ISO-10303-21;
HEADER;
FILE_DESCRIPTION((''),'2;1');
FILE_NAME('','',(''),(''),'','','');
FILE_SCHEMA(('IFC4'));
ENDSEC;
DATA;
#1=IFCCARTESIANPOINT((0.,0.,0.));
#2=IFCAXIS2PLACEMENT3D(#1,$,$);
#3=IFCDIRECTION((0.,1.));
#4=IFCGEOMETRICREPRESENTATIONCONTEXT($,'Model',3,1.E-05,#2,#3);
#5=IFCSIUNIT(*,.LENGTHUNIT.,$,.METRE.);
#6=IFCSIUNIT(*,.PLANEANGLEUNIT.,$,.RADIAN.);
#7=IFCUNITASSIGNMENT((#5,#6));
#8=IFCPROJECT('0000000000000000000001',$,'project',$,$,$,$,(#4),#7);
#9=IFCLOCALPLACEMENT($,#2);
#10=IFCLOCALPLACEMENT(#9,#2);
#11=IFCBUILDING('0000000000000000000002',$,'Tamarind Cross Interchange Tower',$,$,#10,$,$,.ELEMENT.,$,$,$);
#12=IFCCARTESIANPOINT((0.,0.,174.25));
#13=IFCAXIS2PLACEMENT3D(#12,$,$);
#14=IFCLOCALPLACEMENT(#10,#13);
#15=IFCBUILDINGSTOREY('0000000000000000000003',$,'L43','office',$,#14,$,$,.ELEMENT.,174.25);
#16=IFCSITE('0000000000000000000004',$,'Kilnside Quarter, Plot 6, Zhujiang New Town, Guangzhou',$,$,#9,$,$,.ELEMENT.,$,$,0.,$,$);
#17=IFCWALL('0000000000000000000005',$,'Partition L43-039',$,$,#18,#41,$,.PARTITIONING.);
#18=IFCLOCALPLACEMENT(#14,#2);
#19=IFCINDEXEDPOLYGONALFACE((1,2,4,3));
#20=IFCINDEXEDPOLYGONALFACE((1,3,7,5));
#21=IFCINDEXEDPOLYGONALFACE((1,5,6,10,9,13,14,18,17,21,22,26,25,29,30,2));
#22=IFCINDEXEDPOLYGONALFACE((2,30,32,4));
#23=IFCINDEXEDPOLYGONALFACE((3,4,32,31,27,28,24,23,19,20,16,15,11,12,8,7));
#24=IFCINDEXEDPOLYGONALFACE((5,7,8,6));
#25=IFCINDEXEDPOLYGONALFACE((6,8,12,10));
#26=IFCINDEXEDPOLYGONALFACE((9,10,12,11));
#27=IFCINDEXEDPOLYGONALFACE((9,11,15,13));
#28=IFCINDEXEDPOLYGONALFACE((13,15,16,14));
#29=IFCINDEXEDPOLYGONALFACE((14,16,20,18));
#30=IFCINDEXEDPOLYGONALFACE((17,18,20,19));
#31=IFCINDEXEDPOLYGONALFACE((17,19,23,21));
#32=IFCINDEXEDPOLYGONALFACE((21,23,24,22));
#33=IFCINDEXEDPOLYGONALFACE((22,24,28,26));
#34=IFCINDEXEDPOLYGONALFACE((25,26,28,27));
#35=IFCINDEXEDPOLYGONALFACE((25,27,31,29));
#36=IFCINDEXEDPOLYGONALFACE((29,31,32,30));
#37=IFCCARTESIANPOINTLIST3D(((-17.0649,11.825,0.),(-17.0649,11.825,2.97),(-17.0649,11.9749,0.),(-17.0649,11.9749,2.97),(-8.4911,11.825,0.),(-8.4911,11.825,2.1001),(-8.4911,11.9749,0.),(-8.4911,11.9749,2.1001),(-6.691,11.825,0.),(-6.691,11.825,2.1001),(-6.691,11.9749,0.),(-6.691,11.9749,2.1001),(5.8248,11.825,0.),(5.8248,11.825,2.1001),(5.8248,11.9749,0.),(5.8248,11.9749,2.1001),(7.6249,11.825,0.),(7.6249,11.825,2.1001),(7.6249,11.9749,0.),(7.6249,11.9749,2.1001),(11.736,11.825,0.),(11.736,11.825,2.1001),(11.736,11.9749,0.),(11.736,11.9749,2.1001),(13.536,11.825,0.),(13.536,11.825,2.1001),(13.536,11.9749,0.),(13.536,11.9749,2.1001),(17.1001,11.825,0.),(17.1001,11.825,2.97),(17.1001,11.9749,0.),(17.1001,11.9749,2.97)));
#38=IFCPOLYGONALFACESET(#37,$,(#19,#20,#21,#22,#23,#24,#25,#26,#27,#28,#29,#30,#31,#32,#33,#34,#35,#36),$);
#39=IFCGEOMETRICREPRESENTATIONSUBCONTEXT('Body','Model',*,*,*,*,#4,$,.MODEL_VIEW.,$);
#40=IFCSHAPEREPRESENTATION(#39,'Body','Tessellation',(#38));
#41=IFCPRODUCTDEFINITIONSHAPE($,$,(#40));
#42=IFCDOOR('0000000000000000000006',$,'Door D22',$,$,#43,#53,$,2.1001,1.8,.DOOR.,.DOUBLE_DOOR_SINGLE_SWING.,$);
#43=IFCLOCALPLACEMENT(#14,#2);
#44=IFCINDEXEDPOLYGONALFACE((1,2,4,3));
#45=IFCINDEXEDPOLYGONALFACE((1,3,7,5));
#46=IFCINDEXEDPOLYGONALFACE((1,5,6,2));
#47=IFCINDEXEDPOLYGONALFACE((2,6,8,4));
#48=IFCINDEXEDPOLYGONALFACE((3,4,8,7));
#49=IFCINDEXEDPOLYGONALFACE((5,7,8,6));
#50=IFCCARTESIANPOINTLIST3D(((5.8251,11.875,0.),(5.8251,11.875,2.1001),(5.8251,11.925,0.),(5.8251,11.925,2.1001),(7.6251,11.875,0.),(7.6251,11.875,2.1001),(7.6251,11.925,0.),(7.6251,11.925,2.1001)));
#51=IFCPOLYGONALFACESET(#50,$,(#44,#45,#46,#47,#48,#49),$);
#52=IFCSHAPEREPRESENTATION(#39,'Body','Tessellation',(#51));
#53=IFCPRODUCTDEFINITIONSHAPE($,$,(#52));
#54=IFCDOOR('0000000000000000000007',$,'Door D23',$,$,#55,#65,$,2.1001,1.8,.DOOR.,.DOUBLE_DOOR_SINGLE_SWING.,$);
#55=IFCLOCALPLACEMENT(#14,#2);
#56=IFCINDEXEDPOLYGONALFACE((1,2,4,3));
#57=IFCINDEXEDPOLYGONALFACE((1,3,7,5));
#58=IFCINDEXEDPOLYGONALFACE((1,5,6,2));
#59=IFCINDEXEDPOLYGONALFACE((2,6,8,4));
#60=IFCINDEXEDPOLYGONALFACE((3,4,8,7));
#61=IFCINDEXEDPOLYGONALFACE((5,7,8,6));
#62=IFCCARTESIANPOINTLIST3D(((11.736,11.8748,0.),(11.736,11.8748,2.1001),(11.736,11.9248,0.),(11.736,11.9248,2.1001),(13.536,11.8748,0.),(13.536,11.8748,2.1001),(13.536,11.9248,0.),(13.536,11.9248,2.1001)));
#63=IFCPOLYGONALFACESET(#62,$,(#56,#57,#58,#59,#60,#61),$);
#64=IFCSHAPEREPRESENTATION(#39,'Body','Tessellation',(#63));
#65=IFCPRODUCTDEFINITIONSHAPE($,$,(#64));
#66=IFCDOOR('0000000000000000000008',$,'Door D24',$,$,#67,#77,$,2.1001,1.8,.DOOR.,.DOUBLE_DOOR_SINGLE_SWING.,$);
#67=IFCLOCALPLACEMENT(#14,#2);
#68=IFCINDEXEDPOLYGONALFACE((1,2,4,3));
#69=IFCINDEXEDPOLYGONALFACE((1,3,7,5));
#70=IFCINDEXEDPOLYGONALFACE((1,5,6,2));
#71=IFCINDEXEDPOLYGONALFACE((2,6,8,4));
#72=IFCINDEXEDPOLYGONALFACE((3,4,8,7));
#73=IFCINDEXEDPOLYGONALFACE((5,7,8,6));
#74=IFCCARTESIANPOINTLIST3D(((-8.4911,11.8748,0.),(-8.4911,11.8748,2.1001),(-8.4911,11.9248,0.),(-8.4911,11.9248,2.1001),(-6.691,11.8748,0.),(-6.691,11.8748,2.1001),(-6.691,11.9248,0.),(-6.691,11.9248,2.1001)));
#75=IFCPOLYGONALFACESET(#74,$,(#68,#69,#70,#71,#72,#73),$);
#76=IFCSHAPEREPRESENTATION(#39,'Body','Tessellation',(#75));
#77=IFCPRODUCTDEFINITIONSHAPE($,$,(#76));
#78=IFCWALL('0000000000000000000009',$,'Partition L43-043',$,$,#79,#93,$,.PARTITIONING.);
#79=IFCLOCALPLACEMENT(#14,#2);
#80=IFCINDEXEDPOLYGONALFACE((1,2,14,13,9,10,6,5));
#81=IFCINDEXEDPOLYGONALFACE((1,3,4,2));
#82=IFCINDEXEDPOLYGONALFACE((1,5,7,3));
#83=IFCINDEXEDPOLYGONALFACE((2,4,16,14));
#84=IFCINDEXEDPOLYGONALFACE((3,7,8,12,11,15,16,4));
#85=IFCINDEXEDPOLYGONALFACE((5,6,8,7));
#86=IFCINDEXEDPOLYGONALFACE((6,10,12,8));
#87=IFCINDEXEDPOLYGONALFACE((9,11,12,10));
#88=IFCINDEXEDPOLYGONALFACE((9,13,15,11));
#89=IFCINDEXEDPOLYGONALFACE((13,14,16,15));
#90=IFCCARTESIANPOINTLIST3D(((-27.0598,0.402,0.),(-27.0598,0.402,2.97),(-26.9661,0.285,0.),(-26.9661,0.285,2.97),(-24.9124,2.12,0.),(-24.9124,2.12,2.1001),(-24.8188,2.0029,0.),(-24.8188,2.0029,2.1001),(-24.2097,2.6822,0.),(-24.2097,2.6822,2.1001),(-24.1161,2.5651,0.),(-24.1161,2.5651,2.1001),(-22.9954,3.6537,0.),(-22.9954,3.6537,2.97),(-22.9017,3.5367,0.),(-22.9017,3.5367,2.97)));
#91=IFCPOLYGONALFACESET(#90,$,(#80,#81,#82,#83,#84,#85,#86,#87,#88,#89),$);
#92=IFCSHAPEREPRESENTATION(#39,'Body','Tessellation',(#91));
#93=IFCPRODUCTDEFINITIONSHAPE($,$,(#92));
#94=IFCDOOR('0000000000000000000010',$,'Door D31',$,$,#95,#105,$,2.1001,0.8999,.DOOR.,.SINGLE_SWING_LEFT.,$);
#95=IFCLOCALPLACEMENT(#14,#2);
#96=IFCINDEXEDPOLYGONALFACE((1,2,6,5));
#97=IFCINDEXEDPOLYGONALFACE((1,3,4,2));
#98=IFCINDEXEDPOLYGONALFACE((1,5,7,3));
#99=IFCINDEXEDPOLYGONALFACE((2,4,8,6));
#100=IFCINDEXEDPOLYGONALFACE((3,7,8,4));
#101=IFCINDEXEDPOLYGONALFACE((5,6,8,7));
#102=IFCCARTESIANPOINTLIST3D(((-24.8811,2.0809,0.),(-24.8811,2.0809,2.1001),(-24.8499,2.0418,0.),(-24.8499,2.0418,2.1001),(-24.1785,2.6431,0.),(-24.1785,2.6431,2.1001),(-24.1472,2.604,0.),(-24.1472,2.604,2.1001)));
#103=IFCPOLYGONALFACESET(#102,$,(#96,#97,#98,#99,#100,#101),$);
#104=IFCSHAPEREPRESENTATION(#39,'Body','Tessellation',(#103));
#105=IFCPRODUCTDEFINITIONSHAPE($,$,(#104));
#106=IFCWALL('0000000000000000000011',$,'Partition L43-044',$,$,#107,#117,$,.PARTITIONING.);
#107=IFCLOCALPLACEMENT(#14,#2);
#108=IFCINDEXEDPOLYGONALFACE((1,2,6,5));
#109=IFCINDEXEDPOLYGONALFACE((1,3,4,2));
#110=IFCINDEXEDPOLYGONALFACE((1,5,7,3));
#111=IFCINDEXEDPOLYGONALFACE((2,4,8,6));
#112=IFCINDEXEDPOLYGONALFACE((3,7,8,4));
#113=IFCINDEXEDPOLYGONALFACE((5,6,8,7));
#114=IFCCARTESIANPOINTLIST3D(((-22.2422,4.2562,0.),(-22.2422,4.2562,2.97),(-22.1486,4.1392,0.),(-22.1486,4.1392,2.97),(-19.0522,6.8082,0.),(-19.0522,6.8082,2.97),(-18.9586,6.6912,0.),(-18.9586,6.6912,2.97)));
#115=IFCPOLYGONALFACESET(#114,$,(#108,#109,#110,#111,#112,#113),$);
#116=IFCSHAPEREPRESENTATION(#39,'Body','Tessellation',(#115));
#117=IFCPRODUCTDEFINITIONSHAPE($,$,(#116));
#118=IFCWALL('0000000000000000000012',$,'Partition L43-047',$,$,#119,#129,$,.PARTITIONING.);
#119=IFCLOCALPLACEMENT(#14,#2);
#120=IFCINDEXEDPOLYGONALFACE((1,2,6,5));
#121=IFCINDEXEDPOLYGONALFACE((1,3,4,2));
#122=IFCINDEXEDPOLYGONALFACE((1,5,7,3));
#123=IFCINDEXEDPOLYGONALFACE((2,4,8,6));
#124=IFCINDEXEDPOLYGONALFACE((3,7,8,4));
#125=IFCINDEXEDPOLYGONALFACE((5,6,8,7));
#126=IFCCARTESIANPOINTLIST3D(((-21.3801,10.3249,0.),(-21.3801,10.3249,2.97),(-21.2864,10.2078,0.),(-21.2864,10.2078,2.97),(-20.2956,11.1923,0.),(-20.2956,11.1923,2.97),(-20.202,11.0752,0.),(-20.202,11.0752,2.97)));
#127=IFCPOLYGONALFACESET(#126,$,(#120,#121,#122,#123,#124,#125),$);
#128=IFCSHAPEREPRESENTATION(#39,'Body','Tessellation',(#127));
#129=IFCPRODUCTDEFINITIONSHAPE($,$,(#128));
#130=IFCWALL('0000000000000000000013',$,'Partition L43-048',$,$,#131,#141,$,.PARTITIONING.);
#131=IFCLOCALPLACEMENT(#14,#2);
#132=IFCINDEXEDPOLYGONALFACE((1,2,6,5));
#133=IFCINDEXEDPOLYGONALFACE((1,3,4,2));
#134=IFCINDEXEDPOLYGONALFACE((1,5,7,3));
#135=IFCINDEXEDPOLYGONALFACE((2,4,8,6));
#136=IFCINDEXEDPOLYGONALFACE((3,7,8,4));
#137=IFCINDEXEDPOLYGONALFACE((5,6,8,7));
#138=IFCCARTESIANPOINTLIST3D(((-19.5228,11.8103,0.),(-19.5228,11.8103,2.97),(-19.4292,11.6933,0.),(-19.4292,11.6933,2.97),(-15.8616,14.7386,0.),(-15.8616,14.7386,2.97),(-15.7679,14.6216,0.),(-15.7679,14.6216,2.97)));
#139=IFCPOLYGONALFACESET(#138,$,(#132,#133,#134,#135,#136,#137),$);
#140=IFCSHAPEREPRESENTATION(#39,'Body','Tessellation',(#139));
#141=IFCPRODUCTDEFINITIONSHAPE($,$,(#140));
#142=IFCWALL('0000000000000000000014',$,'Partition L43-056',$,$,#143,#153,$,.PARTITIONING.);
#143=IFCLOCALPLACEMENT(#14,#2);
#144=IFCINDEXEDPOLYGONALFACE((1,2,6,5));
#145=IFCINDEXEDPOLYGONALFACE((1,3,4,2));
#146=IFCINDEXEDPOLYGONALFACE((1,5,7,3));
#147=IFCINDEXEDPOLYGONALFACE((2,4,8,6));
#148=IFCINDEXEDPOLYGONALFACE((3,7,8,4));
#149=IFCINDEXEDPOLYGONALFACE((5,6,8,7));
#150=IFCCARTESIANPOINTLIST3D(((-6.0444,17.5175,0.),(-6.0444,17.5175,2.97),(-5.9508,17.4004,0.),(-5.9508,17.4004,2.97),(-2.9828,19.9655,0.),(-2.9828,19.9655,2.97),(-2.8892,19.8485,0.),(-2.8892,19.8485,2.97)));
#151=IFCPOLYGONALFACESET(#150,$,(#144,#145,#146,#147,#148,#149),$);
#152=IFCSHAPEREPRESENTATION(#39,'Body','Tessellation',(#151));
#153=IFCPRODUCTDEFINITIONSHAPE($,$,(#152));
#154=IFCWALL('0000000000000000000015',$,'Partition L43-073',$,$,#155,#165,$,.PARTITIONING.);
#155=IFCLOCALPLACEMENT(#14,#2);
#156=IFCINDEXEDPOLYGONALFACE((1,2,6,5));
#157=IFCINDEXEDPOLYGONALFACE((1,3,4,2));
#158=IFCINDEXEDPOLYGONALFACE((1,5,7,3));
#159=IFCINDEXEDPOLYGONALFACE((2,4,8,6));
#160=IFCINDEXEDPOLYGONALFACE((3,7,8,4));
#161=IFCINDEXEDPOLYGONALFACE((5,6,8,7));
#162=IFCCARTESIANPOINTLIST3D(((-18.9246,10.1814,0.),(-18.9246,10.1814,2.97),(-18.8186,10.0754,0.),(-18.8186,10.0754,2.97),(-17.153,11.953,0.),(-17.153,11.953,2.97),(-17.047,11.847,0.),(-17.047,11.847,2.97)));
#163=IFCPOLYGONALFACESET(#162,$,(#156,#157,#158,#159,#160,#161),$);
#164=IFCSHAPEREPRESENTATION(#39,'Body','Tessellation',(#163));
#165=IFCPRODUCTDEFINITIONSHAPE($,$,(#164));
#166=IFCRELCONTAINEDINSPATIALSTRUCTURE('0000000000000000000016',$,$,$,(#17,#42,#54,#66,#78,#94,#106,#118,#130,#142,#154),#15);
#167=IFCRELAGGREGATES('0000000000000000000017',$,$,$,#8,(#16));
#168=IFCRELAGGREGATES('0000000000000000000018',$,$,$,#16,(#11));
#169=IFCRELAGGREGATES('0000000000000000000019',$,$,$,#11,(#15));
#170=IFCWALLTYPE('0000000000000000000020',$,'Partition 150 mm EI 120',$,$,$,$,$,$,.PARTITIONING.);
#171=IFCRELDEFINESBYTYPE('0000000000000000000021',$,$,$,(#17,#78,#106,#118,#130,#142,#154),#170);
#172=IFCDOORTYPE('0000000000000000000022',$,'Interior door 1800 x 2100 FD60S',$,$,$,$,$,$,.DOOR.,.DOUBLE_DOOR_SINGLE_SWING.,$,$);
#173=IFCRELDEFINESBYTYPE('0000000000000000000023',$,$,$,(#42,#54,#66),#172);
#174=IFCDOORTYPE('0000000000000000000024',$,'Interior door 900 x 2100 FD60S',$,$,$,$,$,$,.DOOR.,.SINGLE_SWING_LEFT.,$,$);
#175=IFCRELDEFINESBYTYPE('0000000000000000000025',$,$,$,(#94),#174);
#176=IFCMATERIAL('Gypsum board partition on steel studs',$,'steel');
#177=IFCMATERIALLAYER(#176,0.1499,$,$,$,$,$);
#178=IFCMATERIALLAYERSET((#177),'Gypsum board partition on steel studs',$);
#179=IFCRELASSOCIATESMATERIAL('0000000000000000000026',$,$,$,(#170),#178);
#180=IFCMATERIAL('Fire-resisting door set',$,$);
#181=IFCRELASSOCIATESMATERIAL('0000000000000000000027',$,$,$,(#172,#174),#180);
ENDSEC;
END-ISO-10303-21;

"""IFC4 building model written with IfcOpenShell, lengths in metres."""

from ifc_helpers import new_model, si_unit, direction, frame, frame_2d, origin, place, context, subcontext, project, spatial, rectangle, extrude, material, layer, layer_set, type_object, element, fill, save


model = new_model("IFC4")

# Units and contexts
model_context = context("Model", 3, precision=1e-05, world=origin(), true_north=direction((0.0, 1.0)))
body_context = subcontext(model_context, "Body", "Model", "MODEL_VIEW")
ifc_project = project(units=[si_unit("LENGTHUNIT", "METRE"), si_unit("PLANEANGLEUNIT", "RADIAN")], contexts=[model_context])

# Site, building, storey
site_placement = place(None, origin())
site = spatial("IfcSite", under=ifc_project, at=site_placement, Name="Kilnside Quarter, Plot 6, Zhujiang New Town, Guangzhou", CompositionType="ELEMENT", RefElevation=0.0)
building_placement = place(site_placement, origin())
building = spatial("IfcBuilding", under=site, at=building_placement, Name="Tamarind Cross Interchange Tower", CompositionType="ELEMENT")
storey_placement = place(building_placement, frame((0.0, 0.0, 174.25)))
storey = spatial("IfcBuildingStorey", under=building, at=storey_placement, Name="L43", Description="office", CompositionType="ELEMENT", Elevation=174.25)

# Shared definitions
ifc_material_1 = material(Name="Gypsum board partition on steel studs", Category="steel")
ifc_layer_1 = layer(ifc_material_1, 0.1499)
ifc_layer_set_1 = layer_set([ifc_layer_1], Name="Gypsum board partition on steel studs")
wall_type_1 = type_object("IfcWallType", Name="Partition 150 mm EI 120", PredefinedType="PARTITIONING", material=ifc_layer_set_1)

# Wall, openings, doors
wall_1_placement = place(storey_placement, frame((-17.0649, 11.8999, 0.0), z_axis=(0.0, 0.0, 1.0), x_axis=(1.0, 0.0, 0.0)))
wall_1 = element("IfcWall", 1, at=wall_1_placement, inside=storey, type_object=wall_type_1, Name="Partition L43-039", PredefinedType="PARTITIONING", context=body_context, shape_type="SweptSolid", body=[
    extrude(rectangle(XDim=34.165, YDim=0.1499, at=frame_2d((17.0825, 0.0))), origin(), (0.0, 0.0, 1.0), 2.97),
])
opening_1_placement = place(wall_1_placement, frame((22.8899, 0.0, 0.0)))
opening_1 = element("IfcOpeningElement", 2, at=opening_1_placement, cuts=wall_1, PredefinedType="OPENING", context=body_context, shape_type="SweptSolid", body=[
    extrude(rectangle(XDim=1.8, YDim=2.1001, at=frame_2d((0.8999, 1.05))), frame((0.0, 0.085, 0.0), z_axis=(0.0, -1.0, 0.0), x_axis=(1.0, 0.0, 0.0)), (0.0, 0.0, 1.0), 0.1699),
])
opening_2_placement = place(wall_1_placement, frame((28.801, 0.0, 0.0)))
opening_2 = element("IfcOpeningElement", 3, at=opening_2_placement, cuts=wall_1, PredefinedType="OPENING", context=body_context, shape_type="SweptSolid", body=[
    extrude(rectangle(XDim=1.8, YDim=2.1001, at=frame_2d((0.8999, 1.05))), frame((0.0, 0.085, 0.0), z_axis=(0.0, -1.0, 0.0), x_axis=(1.0, 0.0, 0.0)), (0.0, 0.0, 1.0), 0.1699),
])
opening_3_placement = place(wall_1_placement, frame((8.574, 0.0, 0.0)))
opening_3 = element("IfcOpeningElement", 4, at=opening_3_placement, cuts=wall_1, PredefinedType="OPENING", context=body_context, shape_type="SweptSolid", body=[
    extrude(rectangle(XDim=1.8, YDim=2.1001, at=frame_2d((0.8999, 1.05))), frame((0.0, 0.085, 0.0), z_axis=(0.0, -1.0, 0.0), x_axis=(1.0, 0.0, 0.0)), (0.0, 0.0, 1.0), 0.1699),
])
ifc_material_2 = material(Name="Fire-resisting door set")
door_type_1 = type_object("IfcDoorType", Name="Interior door 1800 x 2100 FD60S", OperationType="DOUBLE_DOOR_SINGLE_SWING", PredefinedType="DOOR", material=ifc_material_2)
door_1_placement = place(opening_1_placement, frame((1.8, 0.0, 0.0), z_axis=(0.0, 0.0, 1.0), x_axis=(-1.0, 0.0, 0.0)))
door_1 = element("IfcDoor", 5, at=door_1_placement, inside=storey, type_object=door_type_1, Name="Door D22", OperationType="DOUBLE_DOOR_SINGLE_SWING", OverallHeight=2.1001, OverallWidth=1.8, PredefinedType="DOOR", context=body_context, shape_type="SweptSolid", body=[
    extrude(rectangle(XDim=1.8, YDim=2.1001, at=frame_2d((0.8999, 1.05))), frame((0.0, 0.0249, 0.0), z_axis=(0.0, -1.0, 0.0), x_axis=(1.0, 0.0, 0.0)), (0.0, 0.0, 1.0), 0.05),
])
fill(opening_1, door_1)
door_2_placement = place(opening_2_placement, origin())
door_2 = element("IfcDoor", 6, at=door_2_placement, inside=storey, type_object=door_type_1, Name="Door D23", OperationType="DOUBLE_DOOR_SINGLE_SWING", OverallHeight=2.1001, OverallWidth=1.8, PredefinedType="DOOR", context=body_context, shape_type="SweptSolid", body=[
    extrude(rectangle(XDim=1.8, YDim=2.1001, at=frame_2d((0.8999, 1.05))), frame((0.0, 0.0249, 0.0), z_axis=(0.0, -1.0, 0.0), x_axis=(1.0, 0.0, 0.0)), (0.0, 0.0, 1.0), 0.05),
])
fill(opening_2, door_2)
door_3_placement = place(opening_3_placement, origin())
door_3 = element("IfcDoor", 7, at=door_3_placement, inside=storey, type_object=door_type_1, Name="Door D24", OperationType="DOUBLE_DOOR_SINGLE_SWING", OverallHeight=2.1001, OverallWidth=1.8, PredefinedType="DOOR", context=body_context, shape_type="SweptSolid", body=[
    extrude(rectangle(XDim=1.8, YDim=2.1001, at=frame_2d((0.8999, 1.05))), frame((0.0, 0.0249, 0.0), z_axis=(0.0, -1.0, 0.0), x_axis=(1.0, 0.0, 0.0)), (0.0, 0.0, 1.0), 0.05),
])
fill(opening_3, door_3)

# Wall, opening, door
wall_2_placement = place(storey_placement, frame((-27.0129, 0.3435, 0.0), z_axis=(0.0, 0.0, 1.0), x_axis=(0.780855, 0.624712, 0.0)))
wall_2 = element("IfcWall", 8, at=wall_2_placement, inside=storey, type_object=wall_type_1, Name="Partition L43-043", PredefinedType="PARTITIONING", context=body_context, shape_type="SweptSolid", body=[
    extrude(rectangle(XDim=5.2051, YDim=0.1499, at=frame_2d((2.6025, 0.0))), origin(), (0.0, 0.0, 1.0), 2.97),
])
opening_4_placement = place(wall_2_placement, frame((2.75, 0.0, 0.0)))
opening_4 = element("IfcOpeningElement", 9, at=opening_4_placement, cuts=wall_2, PredefinedType="OPENING", context=body_context, shape_type="SweptSolid", body=[
    extrude(rectangle(XDim=0.8999, YDim=2.1001, at=frame_2d((0.45, 1.05))), frame((0.0, 0.085, 0.0), z_axis=(0.0, -1.0, 0.0), x_axis=(1.0, 0.0, 0.0)), (0.0, 0.0, 1.0), 0.1699),
])
door_type_2 = type_object("IfcDoorType", Name="Interior door 900 x 2100 FD60S", OperationType="SINGLE_SWING_LEFT", PredefinedType="DOOR", material=ifc_material_2)
door_4_placement = place(opening_4_placement, origin())
door_4 = element("IfcDoor", 10, at=door_4_placement, inside=storey, type_object=door_type_2, Name="Door D31", OperationType="SINGLE_SWING_LEFT", OverallHeight=2.1001, OverallWidth=0.8999, PredefinedType="DOOR", context=body_context, shape_type="SweptSolid", body=[
    extrude(rectangle(XDim=0.8999, YDim=2.1001, at=frame_2d((0.45, 1.05))), frame((0.0, 0.0249, 0.0), z_axis=(0.0, -1.0, 0.0), x_axis=(1.0, 0.0, 0.0)), (0.0, 0.0, 1.0), 0.05),
])
fill(opening_4, door_4)

# Walls
wall_3_placement = place(storey_placement, frame((-22.1953, 4.1978, 0.0), z_axis=(0.0, 0.0, 1.0), x_axis=(0.780863, 0.624702, 0.0)))
element("IfcWall", 11, at=wall_3_placement, inside=storey, type_object=wall_type_1, Name="Partition L43-044", PredefinedType="PARTITIONING", context=body_context, shape_type="SweptSolid", body=[
    extrude(rectangle(XDim=4.0852, YDim=0.1499, at=frame_2d((2.0425, 0.0))), origin(), (0.0, 0.0, 1.0), 2.97),
])
wall_4_placement = place(storey_placement, frame((-21.3333, 10.2664, 0.0), z_axis=(0.0, 0.0, 1.0), x_axis=(0.78092, 0.624631, 0.0)))
element("IfcWall", 12, at=wall_4_placement, inside=storey, type_object=wall_type_1, Name="Partition L43-047", PredefinedType="PARTITIONING", context=body_context, shape_type="SweptSolid", body=[
    extrude(rectangle(XDim=1.3887, YDim=0.1499, at=frame_2d((0.6943, 0.0))), origin(), (0.0, 0.0, 1.0), 2.97),
])
wall_5_placement = place(storey_placement, frame((-19.4761, 11.7517, 0.0), z_axis=(0.0, 0.0, 1.0), x_axis=(0.78094, 0.624606, 0.0)))
element("IfcWall", 13, at=wall_5_placement, inside=storey, type_object=wall_type_1, Name="Partition L43-048", PredefinedType="PARTITIONING", context=body_context, shape_type="SweptSolid", body=[
    extrude(rectangle(XDim=4.6882, YDim=0.1499, at=frame_2d((2.3442, 0.0))), origin(), (0.0, 0.0, 1.0), 2.97),
])
wall_6_placement = place(storey_placement, frame((-5.9976, 17.459, 0.0), z_axis=(0.0, 0.0, 1.0), x_axis=(0.781021, 0.624505, 0.0)))
element("IfcWall", 14, at=wall_6_placement, inside=storey, type_object=wall_type_1, Name="Partition L43-056", PredefinedType="PARTITIONING", context=body_context, shape_type="SweptSolid", body=[
    extrude(rectangle(XDim=3.9199, YDim=0.1499, at=frame_2d((1.96, 0.0))), origin(), (0.0, 0.0, 1.0), 2.97),
])
wall_7_placement = place(storey_placement, frame((-18.8716, 10.1284, 0.0), z_axis=(0.0, 0.0, 1.0), x_axis=(0.707107, 0.707107, 0.0)))
element("IfcWall", 15, at=wall_7_placement, inside=storey, type_object=wall_type_1, Name="Partition L43-073", PredefinedType="PARTITIONING", context=body_context, shape_type="SweptSolid", body=[
    extrude(rectangle(XDim=2.5054, YDim=0.1499, at=frame_2d((1.2527, 0.0))), origin(), (0.0, 0.0, 1.0), 2.97),
])

save(model, "model.ifc")
